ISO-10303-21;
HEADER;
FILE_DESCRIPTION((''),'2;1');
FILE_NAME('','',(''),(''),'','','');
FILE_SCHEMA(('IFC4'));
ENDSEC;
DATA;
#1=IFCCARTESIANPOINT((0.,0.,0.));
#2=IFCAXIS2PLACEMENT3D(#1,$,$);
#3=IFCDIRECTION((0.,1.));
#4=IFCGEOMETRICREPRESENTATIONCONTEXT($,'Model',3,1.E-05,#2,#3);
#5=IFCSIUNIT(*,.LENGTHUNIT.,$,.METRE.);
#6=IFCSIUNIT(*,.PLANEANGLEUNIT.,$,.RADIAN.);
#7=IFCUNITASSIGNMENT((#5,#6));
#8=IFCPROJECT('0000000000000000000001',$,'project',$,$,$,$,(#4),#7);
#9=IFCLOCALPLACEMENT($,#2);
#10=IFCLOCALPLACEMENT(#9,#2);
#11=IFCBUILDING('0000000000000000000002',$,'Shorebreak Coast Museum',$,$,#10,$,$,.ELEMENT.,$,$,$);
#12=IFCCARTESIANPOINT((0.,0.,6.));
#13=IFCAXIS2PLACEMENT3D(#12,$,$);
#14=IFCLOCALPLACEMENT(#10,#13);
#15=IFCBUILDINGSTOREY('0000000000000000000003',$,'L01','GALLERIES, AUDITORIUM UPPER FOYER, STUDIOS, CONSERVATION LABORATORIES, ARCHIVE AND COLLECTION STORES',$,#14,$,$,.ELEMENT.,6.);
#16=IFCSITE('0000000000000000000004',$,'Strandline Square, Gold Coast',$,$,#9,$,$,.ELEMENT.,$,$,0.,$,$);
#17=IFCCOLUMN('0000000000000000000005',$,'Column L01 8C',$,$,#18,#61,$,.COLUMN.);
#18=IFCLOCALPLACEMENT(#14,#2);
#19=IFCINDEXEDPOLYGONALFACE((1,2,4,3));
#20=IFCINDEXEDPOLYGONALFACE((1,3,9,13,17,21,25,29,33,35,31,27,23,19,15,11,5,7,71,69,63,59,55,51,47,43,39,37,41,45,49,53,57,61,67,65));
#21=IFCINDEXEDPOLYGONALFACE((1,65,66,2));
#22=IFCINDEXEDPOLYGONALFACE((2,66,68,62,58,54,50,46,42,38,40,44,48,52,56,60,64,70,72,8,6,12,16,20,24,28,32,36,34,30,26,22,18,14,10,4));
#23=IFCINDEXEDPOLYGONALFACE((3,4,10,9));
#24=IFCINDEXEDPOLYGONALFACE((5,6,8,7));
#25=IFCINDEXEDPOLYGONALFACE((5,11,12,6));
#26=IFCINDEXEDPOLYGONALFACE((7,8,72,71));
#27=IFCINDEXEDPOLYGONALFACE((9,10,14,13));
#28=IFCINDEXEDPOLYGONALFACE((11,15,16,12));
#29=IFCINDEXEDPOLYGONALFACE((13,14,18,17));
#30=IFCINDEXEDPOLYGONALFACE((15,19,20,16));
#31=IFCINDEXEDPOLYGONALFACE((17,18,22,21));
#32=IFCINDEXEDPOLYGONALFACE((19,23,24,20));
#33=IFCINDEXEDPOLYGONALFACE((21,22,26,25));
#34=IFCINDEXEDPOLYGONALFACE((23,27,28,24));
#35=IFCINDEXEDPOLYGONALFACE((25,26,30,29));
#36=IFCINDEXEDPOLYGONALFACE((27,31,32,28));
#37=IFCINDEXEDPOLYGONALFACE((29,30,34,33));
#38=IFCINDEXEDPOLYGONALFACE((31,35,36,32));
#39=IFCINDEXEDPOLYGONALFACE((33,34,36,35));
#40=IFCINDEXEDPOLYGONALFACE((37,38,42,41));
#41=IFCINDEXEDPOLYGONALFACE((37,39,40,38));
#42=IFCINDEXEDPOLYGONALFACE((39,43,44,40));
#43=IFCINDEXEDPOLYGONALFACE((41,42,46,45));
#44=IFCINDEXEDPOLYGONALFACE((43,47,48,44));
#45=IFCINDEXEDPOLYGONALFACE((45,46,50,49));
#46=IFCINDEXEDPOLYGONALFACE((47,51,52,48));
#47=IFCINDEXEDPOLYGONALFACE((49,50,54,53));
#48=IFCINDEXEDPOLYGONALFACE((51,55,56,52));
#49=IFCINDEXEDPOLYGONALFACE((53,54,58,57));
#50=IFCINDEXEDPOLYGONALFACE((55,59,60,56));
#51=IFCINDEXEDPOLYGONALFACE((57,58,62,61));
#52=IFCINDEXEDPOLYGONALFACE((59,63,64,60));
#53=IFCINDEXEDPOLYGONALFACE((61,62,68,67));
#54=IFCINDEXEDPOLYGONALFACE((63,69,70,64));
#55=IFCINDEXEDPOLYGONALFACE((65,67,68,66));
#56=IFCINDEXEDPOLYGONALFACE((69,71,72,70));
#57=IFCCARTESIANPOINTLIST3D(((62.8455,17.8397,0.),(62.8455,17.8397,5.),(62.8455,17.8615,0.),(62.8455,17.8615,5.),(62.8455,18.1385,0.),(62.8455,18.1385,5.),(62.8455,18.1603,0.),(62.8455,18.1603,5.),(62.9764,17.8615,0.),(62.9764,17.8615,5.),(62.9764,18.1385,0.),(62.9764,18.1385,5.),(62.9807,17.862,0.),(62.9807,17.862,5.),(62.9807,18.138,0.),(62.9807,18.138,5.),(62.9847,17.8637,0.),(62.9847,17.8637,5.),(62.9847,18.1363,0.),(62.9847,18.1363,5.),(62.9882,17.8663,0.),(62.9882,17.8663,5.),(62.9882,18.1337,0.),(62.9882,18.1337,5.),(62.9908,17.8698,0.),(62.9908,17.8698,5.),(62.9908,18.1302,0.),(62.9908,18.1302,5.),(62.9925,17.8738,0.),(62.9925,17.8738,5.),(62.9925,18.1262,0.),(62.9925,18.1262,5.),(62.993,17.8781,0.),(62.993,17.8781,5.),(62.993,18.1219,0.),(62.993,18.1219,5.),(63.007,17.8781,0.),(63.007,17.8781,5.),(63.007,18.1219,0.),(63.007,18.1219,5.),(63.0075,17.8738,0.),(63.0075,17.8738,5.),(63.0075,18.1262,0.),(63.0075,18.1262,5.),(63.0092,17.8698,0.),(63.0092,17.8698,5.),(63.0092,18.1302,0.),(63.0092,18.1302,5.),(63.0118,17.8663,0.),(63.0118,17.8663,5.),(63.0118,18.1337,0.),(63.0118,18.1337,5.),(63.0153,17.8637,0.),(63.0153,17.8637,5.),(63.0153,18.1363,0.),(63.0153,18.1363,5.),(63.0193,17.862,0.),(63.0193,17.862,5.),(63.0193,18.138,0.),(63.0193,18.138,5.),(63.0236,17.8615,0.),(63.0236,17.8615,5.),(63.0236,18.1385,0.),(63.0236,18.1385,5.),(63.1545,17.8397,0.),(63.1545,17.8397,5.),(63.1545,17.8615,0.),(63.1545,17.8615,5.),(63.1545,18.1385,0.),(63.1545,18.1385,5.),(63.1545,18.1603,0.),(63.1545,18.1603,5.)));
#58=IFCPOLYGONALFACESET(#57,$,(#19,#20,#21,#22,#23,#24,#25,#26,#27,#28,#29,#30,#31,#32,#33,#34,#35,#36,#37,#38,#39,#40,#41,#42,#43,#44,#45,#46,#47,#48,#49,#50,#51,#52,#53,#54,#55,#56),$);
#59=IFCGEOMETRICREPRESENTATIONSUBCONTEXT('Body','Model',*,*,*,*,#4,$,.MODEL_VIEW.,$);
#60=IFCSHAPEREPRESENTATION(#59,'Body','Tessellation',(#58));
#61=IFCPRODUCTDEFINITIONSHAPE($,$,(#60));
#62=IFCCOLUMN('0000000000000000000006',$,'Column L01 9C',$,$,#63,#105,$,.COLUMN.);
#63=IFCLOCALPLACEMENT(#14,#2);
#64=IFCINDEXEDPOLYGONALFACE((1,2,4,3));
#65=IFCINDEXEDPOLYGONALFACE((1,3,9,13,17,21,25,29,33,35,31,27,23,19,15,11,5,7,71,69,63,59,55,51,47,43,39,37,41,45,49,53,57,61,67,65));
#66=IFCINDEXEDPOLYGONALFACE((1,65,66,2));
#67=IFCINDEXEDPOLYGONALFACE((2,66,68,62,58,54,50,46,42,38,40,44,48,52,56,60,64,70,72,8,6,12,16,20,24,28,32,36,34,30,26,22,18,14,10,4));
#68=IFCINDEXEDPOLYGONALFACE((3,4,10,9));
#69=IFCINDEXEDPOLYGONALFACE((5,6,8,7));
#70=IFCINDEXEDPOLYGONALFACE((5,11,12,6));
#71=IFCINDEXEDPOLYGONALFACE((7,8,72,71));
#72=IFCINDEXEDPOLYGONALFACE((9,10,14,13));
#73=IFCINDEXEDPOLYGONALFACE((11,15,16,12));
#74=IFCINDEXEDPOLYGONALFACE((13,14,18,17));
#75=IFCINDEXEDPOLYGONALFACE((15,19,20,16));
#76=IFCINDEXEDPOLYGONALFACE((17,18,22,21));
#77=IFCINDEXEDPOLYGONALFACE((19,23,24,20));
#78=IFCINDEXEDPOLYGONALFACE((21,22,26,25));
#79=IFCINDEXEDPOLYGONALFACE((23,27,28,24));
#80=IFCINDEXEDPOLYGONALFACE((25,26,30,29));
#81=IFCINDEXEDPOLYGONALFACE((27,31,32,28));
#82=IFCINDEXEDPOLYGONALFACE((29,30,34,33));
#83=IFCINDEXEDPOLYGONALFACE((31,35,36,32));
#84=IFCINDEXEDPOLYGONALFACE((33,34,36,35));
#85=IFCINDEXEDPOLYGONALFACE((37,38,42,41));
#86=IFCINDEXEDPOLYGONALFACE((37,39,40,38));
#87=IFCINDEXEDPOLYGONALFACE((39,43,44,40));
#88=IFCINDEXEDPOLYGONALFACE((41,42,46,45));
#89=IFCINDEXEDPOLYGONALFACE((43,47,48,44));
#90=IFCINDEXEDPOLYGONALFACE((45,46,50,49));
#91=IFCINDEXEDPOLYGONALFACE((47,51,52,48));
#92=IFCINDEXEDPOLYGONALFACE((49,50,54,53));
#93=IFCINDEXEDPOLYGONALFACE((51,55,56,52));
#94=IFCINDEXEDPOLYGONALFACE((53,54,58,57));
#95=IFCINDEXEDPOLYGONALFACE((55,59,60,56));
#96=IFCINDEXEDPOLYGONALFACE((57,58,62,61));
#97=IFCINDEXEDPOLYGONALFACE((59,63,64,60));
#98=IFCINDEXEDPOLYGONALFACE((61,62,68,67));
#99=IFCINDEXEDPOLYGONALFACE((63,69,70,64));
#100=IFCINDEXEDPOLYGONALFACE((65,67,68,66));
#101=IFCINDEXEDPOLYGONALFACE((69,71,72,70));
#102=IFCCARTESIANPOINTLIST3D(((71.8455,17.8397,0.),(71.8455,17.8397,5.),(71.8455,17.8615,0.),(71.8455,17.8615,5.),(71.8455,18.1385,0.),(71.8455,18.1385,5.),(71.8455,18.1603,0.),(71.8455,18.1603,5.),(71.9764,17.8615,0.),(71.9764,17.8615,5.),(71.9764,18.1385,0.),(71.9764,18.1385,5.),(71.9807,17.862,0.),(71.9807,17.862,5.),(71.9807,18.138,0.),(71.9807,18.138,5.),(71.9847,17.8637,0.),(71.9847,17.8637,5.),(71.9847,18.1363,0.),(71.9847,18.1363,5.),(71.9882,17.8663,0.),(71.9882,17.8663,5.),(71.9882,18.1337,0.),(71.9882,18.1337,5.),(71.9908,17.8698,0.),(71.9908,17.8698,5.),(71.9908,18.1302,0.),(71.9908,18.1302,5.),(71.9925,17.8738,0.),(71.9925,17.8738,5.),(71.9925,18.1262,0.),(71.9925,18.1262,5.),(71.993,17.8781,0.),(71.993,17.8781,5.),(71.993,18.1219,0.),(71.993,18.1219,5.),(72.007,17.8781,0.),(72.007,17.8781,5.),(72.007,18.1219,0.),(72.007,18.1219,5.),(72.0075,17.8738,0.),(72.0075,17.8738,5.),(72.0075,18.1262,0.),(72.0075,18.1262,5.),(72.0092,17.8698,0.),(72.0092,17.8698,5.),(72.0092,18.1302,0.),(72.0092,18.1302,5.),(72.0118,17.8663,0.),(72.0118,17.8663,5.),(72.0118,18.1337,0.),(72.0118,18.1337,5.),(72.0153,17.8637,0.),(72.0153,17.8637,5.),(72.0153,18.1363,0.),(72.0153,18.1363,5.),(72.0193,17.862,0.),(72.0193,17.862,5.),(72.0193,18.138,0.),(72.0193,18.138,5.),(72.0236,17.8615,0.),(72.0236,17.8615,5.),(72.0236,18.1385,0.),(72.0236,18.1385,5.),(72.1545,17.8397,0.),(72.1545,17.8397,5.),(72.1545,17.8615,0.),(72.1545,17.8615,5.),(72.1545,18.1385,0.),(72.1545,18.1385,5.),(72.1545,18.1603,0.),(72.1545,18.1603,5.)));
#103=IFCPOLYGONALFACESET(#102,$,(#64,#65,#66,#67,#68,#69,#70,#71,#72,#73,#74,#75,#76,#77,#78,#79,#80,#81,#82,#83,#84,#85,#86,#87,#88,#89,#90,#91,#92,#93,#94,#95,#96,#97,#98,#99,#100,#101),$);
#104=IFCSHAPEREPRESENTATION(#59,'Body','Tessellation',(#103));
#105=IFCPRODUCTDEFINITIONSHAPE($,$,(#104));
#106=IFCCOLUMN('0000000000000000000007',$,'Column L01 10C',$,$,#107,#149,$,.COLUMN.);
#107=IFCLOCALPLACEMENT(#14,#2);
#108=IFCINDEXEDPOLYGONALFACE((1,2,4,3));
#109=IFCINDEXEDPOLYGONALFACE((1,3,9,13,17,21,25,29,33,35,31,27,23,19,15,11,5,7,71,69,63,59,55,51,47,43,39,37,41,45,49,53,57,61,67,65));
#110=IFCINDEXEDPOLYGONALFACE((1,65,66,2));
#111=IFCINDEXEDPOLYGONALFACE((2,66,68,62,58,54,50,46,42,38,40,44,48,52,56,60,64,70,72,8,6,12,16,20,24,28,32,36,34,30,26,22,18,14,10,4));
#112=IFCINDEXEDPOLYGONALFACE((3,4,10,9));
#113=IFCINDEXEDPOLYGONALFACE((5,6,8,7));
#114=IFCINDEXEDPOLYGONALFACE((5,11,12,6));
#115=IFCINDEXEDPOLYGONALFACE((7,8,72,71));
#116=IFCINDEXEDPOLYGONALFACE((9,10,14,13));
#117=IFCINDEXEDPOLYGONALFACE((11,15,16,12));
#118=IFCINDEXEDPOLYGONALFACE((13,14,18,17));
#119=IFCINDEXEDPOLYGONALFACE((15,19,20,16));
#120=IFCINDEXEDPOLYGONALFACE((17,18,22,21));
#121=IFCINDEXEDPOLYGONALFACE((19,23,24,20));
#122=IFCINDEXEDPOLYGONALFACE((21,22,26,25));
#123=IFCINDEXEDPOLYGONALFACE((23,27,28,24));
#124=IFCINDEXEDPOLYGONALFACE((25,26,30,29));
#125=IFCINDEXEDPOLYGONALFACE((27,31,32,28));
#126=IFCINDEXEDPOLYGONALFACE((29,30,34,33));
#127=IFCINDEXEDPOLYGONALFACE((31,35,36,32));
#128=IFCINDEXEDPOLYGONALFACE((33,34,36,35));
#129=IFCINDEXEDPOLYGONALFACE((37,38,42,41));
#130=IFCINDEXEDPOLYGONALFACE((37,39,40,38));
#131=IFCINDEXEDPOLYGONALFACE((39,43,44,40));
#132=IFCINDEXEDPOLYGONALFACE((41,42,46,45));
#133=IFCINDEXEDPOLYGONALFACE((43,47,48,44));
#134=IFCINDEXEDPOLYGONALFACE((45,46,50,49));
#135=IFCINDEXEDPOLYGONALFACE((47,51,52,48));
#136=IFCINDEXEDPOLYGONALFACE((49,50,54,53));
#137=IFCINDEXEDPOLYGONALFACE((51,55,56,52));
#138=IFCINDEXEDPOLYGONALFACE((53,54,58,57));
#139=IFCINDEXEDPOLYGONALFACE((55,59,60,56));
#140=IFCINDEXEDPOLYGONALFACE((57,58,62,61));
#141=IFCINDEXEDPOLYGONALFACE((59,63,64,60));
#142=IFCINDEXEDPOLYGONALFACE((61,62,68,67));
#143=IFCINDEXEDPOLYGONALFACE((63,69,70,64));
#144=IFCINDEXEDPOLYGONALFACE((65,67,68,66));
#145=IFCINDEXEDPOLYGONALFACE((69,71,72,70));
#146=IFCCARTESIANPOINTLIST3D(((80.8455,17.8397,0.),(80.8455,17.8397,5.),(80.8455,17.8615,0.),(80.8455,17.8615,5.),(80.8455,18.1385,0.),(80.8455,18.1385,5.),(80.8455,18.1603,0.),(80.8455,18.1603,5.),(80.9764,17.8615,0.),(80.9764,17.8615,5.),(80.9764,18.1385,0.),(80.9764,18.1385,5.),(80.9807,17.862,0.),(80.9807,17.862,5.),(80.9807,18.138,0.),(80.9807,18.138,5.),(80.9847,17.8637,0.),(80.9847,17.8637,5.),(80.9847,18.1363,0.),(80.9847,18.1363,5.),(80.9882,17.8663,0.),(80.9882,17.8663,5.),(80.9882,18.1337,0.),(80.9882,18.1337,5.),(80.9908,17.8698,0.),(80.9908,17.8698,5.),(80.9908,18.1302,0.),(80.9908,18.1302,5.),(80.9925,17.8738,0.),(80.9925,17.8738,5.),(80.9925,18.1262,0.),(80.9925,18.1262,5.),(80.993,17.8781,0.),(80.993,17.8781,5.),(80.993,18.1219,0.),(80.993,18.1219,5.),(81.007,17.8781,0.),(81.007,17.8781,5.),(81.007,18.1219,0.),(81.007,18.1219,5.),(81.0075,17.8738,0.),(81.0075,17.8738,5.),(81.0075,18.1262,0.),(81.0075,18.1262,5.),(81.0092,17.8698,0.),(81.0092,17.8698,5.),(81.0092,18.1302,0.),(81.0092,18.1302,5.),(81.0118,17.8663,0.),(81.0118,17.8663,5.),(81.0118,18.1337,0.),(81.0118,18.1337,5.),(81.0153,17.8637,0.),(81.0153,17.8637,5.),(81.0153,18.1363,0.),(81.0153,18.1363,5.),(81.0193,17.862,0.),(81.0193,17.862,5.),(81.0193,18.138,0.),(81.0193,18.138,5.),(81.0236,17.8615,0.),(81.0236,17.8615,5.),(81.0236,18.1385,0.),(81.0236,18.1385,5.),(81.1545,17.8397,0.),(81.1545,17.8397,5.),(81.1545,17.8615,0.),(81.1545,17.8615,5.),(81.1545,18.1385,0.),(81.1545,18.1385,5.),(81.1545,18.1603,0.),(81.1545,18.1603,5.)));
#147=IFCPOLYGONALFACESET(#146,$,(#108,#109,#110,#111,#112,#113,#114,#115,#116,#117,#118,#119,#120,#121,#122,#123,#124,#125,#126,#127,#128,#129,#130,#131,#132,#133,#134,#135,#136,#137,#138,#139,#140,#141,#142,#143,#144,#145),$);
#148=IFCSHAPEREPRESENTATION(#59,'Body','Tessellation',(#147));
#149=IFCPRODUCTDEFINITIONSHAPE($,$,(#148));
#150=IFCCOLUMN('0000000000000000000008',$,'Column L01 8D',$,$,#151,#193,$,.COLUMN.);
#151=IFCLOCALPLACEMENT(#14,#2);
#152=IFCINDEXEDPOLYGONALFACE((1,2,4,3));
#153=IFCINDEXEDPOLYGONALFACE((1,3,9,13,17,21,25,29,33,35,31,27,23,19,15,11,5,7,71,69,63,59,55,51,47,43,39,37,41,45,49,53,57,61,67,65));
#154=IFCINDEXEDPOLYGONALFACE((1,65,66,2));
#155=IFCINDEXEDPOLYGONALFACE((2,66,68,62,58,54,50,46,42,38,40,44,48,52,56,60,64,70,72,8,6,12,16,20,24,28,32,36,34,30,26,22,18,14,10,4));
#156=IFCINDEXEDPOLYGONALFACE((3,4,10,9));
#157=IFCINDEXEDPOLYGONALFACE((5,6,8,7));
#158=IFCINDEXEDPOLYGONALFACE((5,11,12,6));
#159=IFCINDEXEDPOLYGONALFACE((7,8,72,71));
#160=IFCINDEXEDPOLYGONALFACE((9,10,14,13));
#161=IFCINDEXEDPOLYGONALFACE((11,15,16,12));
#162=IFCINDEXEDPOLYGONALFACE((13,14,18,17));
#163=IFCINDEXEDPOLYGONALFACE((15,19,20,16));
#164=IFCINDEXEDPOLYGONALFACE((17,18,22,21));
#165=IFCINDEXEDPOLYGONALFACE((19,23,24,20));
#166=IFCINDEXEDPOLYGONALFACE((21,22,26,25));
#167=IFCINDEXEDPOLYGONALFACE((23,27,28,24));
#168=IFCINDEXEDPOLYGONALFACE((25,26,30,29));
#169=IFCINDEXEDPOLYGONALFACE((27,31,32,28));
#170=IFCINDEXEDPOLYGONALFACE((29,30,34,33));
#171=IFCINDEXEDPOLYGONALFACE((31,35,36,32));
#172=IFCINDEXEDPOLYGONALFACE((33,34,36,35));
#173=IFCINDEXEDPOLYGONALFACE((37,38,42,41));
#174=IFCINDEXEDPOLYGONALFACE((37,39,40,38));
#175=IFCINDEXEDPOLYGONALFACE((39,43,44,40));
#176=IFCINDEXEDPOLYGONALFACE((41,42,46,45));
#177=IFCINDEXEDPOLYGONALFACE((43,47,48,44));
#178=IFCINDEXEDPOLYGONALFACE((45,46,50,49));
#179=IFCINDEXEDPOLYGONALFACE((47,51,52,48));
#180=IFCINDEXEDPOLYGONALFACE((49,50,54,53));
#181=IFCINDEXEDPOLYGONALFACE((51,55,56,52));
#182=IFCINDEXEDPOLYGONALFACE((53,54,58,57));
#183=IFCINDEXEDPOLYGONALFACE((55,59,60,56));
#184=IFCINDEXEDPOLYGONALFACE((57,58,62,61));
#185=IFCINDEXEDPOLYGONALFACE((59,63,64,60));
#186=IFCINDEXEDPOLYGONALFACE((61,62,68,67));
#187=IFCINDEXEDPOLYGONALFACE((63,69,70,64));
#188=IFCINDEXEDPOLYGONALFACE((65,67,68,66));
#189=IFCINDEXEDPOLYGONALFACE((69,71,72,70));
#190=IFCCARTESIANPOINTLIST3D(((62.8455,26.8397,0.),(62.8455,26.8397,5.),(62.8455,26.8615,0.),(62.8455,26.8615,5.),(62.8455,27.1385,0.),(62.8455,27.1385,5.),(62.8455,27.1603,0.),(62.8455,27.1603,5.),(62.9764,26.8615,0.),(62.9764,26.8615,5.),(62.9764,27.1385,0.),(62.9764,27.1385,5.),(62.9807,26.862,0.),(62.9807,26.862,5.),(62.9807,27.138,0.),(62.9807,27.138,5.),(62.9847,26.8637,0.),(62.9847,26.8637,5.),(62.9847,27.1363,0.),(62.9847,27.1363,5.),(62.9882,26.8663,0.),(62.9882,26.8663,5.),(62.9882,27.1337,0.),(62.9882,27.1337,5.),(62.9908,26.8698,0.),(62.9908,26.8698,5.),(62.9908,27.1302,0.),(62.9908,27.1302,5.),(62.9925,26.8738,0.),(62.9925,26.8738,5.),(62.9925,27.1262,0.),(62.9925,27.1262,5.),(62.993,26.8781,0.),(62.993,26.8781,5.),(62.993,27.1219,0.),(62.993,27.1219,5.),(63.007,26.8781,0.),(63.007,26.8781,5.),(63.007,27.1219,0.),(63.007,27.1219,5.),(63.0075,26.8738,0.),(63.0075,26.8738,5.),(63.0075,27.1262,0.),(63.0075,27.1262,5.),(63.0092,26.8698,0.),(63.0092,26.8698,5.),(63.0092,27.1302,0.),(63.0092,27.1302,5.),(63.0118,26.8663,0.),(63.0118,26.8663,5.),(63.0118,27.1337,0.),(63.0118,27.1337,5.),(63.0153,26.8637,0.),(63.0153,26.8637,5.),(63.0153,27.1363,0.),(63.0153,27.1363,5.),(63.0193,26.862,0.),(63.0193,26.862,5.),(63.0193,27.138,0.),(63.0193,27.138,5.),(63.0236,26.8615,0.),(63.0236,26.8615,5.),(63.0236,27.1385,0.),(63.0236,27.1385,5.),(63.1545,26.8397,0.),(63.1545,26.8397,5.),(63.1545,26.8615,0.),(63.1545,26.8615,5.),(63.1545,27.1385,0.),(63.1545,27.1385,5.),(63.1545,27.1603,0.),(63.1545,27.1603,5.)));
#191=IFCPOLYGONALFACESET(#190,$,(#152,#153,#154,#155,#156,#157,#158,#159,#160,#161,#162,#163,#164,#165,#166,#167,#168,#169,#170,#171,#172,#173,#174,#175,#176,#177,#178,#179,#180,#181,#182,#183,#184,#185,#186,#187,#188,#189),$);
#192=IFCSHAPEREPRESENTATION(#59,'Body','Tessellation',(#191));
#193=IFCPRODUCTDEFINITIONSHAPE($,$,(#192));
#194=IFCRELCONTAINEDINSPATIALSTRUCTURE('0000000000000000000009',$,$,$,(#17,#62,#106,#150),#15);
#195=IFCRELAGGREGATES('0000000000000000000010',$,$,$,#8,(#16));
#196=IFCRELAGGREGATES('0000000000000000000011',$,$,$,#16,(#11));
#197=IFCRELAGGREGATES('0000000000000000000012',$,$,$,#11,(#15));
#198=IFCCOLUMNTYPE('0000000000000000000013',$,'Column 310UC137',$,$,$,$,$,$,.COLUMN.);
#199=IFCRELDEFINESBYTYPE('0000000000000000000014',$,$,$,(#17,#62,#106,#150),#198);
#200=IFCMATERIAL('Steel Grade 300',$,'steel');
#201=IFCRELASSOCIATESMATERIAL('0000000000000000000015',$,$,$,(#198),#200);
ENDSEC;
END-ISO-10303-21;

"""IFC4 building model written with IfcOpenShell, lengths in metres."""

from ifc_helpers import new_model, si_unit, direction, frame, origin, origin_2d, place, context, subcontext, project, spatial, i_section, extrude, material, material_profile, profile_set, type_object, element, save


model = new_model("IFC4")

# Units and contexts
model_context = context("Model", 3, precision=1e-05, world=origin(), true_north=direction((0.0, 1.0)))
body_context = subcontext(model_context, "Body", "Model", "MODEL_VIEW")
ifc_project = project(units=[si_unit("LENGTHUNIT", "METRE"), si_unit("PLANEANGLEUNIT", "RADIAN")], contexts=[model_context])

# Site, building, storey
site_placement = place(None, origin())
site = spatial("IfcSite", under=ifc_project, at=site_placement, Name="Strandline Square, Gold Coast", CompositionType="ELEMENT", RefElevation=0.0)
building_placement = place(site_placement, origin())
building = spatial("IfcBuilding", under=site, at=building_placement, Name="Shorebreak Coast Museum", CompositionType="ELEMENT")
storey_placement = place(building_placement, frame((0.0, 0.0, 6.0)))
storey = spatial("IfcBuildingStorey", under=building, at=storey_placement, Name="L01", Description="GALLERIES, AUDITORIUM UPPER FOYER, STUDIOS, CONSERVATION LABORATORIES, ARCHIVE AND COLLECTION STORES", CompositionType="ELEMENT", Elevation=6.0)

# Columns
ifc_material_1 = material(Name="Steel Grade 300", Category="steel")
ifc_material_profile_1 = material_profile(ifc_material_1, i_section(OverallWidth=0.3091, OverallDepth=0.3206, WebThickness=0.0139, FlangeThickness=0.0217, FilletRadius=0.0166, at=origin_2d()), Name="310UC137")
ifc_profile_set_1 = profile_set([ifc_material_profile_1], Name="Steel Grade 300")
column_type = type_object("IfcColumnType", Name="Column 310UC137", PredefinedType="COLUMN", material=ifc_profile_set_1)
for number, where, z_axis, x_axis, name in (
    (1, (63.0, 18.0, 0.0), (0.0, 0.0, 1.0), (1.0, 0.0, 0.0), "Column L01 8C"),
    (2, (72.0, 18.0, 0.0), (0.0, 0.0, 1.0), (1.0, 0.0, 0.0), "Column L01 9C"),
    (3, (81.0, 18.0, 0.0), (0.0, 0.0, 1.0), (1.0, 0.0, 0.0), "Column L01 10C"),
    (4, (63.0, 27.0, 0.0), (0.0, 0.0, 1.0), (1.0, 0.0, 0.0), "Column L01 8D"),
):
    element("IfcColumn", number, at=place(storey_placement, frame(where, z_axis=z_axis, x_axis=x_axis)), inside=storey, type_object=column_type, Name=name, PredefinedType="COLUMN", context=body_context, shape_type="SweptSolid", body=[
        extrude(i_section(OverallWidth=0.3091, OverallDepth=0.3206, WebThickness=0.0139, FlangeThickness=0.0217, FilletRadius=0.0166, at=origin_2d()), origin(), (0.0, 0.0, 1.0), 5.0),
    ])

save(model, "model.ifc")
